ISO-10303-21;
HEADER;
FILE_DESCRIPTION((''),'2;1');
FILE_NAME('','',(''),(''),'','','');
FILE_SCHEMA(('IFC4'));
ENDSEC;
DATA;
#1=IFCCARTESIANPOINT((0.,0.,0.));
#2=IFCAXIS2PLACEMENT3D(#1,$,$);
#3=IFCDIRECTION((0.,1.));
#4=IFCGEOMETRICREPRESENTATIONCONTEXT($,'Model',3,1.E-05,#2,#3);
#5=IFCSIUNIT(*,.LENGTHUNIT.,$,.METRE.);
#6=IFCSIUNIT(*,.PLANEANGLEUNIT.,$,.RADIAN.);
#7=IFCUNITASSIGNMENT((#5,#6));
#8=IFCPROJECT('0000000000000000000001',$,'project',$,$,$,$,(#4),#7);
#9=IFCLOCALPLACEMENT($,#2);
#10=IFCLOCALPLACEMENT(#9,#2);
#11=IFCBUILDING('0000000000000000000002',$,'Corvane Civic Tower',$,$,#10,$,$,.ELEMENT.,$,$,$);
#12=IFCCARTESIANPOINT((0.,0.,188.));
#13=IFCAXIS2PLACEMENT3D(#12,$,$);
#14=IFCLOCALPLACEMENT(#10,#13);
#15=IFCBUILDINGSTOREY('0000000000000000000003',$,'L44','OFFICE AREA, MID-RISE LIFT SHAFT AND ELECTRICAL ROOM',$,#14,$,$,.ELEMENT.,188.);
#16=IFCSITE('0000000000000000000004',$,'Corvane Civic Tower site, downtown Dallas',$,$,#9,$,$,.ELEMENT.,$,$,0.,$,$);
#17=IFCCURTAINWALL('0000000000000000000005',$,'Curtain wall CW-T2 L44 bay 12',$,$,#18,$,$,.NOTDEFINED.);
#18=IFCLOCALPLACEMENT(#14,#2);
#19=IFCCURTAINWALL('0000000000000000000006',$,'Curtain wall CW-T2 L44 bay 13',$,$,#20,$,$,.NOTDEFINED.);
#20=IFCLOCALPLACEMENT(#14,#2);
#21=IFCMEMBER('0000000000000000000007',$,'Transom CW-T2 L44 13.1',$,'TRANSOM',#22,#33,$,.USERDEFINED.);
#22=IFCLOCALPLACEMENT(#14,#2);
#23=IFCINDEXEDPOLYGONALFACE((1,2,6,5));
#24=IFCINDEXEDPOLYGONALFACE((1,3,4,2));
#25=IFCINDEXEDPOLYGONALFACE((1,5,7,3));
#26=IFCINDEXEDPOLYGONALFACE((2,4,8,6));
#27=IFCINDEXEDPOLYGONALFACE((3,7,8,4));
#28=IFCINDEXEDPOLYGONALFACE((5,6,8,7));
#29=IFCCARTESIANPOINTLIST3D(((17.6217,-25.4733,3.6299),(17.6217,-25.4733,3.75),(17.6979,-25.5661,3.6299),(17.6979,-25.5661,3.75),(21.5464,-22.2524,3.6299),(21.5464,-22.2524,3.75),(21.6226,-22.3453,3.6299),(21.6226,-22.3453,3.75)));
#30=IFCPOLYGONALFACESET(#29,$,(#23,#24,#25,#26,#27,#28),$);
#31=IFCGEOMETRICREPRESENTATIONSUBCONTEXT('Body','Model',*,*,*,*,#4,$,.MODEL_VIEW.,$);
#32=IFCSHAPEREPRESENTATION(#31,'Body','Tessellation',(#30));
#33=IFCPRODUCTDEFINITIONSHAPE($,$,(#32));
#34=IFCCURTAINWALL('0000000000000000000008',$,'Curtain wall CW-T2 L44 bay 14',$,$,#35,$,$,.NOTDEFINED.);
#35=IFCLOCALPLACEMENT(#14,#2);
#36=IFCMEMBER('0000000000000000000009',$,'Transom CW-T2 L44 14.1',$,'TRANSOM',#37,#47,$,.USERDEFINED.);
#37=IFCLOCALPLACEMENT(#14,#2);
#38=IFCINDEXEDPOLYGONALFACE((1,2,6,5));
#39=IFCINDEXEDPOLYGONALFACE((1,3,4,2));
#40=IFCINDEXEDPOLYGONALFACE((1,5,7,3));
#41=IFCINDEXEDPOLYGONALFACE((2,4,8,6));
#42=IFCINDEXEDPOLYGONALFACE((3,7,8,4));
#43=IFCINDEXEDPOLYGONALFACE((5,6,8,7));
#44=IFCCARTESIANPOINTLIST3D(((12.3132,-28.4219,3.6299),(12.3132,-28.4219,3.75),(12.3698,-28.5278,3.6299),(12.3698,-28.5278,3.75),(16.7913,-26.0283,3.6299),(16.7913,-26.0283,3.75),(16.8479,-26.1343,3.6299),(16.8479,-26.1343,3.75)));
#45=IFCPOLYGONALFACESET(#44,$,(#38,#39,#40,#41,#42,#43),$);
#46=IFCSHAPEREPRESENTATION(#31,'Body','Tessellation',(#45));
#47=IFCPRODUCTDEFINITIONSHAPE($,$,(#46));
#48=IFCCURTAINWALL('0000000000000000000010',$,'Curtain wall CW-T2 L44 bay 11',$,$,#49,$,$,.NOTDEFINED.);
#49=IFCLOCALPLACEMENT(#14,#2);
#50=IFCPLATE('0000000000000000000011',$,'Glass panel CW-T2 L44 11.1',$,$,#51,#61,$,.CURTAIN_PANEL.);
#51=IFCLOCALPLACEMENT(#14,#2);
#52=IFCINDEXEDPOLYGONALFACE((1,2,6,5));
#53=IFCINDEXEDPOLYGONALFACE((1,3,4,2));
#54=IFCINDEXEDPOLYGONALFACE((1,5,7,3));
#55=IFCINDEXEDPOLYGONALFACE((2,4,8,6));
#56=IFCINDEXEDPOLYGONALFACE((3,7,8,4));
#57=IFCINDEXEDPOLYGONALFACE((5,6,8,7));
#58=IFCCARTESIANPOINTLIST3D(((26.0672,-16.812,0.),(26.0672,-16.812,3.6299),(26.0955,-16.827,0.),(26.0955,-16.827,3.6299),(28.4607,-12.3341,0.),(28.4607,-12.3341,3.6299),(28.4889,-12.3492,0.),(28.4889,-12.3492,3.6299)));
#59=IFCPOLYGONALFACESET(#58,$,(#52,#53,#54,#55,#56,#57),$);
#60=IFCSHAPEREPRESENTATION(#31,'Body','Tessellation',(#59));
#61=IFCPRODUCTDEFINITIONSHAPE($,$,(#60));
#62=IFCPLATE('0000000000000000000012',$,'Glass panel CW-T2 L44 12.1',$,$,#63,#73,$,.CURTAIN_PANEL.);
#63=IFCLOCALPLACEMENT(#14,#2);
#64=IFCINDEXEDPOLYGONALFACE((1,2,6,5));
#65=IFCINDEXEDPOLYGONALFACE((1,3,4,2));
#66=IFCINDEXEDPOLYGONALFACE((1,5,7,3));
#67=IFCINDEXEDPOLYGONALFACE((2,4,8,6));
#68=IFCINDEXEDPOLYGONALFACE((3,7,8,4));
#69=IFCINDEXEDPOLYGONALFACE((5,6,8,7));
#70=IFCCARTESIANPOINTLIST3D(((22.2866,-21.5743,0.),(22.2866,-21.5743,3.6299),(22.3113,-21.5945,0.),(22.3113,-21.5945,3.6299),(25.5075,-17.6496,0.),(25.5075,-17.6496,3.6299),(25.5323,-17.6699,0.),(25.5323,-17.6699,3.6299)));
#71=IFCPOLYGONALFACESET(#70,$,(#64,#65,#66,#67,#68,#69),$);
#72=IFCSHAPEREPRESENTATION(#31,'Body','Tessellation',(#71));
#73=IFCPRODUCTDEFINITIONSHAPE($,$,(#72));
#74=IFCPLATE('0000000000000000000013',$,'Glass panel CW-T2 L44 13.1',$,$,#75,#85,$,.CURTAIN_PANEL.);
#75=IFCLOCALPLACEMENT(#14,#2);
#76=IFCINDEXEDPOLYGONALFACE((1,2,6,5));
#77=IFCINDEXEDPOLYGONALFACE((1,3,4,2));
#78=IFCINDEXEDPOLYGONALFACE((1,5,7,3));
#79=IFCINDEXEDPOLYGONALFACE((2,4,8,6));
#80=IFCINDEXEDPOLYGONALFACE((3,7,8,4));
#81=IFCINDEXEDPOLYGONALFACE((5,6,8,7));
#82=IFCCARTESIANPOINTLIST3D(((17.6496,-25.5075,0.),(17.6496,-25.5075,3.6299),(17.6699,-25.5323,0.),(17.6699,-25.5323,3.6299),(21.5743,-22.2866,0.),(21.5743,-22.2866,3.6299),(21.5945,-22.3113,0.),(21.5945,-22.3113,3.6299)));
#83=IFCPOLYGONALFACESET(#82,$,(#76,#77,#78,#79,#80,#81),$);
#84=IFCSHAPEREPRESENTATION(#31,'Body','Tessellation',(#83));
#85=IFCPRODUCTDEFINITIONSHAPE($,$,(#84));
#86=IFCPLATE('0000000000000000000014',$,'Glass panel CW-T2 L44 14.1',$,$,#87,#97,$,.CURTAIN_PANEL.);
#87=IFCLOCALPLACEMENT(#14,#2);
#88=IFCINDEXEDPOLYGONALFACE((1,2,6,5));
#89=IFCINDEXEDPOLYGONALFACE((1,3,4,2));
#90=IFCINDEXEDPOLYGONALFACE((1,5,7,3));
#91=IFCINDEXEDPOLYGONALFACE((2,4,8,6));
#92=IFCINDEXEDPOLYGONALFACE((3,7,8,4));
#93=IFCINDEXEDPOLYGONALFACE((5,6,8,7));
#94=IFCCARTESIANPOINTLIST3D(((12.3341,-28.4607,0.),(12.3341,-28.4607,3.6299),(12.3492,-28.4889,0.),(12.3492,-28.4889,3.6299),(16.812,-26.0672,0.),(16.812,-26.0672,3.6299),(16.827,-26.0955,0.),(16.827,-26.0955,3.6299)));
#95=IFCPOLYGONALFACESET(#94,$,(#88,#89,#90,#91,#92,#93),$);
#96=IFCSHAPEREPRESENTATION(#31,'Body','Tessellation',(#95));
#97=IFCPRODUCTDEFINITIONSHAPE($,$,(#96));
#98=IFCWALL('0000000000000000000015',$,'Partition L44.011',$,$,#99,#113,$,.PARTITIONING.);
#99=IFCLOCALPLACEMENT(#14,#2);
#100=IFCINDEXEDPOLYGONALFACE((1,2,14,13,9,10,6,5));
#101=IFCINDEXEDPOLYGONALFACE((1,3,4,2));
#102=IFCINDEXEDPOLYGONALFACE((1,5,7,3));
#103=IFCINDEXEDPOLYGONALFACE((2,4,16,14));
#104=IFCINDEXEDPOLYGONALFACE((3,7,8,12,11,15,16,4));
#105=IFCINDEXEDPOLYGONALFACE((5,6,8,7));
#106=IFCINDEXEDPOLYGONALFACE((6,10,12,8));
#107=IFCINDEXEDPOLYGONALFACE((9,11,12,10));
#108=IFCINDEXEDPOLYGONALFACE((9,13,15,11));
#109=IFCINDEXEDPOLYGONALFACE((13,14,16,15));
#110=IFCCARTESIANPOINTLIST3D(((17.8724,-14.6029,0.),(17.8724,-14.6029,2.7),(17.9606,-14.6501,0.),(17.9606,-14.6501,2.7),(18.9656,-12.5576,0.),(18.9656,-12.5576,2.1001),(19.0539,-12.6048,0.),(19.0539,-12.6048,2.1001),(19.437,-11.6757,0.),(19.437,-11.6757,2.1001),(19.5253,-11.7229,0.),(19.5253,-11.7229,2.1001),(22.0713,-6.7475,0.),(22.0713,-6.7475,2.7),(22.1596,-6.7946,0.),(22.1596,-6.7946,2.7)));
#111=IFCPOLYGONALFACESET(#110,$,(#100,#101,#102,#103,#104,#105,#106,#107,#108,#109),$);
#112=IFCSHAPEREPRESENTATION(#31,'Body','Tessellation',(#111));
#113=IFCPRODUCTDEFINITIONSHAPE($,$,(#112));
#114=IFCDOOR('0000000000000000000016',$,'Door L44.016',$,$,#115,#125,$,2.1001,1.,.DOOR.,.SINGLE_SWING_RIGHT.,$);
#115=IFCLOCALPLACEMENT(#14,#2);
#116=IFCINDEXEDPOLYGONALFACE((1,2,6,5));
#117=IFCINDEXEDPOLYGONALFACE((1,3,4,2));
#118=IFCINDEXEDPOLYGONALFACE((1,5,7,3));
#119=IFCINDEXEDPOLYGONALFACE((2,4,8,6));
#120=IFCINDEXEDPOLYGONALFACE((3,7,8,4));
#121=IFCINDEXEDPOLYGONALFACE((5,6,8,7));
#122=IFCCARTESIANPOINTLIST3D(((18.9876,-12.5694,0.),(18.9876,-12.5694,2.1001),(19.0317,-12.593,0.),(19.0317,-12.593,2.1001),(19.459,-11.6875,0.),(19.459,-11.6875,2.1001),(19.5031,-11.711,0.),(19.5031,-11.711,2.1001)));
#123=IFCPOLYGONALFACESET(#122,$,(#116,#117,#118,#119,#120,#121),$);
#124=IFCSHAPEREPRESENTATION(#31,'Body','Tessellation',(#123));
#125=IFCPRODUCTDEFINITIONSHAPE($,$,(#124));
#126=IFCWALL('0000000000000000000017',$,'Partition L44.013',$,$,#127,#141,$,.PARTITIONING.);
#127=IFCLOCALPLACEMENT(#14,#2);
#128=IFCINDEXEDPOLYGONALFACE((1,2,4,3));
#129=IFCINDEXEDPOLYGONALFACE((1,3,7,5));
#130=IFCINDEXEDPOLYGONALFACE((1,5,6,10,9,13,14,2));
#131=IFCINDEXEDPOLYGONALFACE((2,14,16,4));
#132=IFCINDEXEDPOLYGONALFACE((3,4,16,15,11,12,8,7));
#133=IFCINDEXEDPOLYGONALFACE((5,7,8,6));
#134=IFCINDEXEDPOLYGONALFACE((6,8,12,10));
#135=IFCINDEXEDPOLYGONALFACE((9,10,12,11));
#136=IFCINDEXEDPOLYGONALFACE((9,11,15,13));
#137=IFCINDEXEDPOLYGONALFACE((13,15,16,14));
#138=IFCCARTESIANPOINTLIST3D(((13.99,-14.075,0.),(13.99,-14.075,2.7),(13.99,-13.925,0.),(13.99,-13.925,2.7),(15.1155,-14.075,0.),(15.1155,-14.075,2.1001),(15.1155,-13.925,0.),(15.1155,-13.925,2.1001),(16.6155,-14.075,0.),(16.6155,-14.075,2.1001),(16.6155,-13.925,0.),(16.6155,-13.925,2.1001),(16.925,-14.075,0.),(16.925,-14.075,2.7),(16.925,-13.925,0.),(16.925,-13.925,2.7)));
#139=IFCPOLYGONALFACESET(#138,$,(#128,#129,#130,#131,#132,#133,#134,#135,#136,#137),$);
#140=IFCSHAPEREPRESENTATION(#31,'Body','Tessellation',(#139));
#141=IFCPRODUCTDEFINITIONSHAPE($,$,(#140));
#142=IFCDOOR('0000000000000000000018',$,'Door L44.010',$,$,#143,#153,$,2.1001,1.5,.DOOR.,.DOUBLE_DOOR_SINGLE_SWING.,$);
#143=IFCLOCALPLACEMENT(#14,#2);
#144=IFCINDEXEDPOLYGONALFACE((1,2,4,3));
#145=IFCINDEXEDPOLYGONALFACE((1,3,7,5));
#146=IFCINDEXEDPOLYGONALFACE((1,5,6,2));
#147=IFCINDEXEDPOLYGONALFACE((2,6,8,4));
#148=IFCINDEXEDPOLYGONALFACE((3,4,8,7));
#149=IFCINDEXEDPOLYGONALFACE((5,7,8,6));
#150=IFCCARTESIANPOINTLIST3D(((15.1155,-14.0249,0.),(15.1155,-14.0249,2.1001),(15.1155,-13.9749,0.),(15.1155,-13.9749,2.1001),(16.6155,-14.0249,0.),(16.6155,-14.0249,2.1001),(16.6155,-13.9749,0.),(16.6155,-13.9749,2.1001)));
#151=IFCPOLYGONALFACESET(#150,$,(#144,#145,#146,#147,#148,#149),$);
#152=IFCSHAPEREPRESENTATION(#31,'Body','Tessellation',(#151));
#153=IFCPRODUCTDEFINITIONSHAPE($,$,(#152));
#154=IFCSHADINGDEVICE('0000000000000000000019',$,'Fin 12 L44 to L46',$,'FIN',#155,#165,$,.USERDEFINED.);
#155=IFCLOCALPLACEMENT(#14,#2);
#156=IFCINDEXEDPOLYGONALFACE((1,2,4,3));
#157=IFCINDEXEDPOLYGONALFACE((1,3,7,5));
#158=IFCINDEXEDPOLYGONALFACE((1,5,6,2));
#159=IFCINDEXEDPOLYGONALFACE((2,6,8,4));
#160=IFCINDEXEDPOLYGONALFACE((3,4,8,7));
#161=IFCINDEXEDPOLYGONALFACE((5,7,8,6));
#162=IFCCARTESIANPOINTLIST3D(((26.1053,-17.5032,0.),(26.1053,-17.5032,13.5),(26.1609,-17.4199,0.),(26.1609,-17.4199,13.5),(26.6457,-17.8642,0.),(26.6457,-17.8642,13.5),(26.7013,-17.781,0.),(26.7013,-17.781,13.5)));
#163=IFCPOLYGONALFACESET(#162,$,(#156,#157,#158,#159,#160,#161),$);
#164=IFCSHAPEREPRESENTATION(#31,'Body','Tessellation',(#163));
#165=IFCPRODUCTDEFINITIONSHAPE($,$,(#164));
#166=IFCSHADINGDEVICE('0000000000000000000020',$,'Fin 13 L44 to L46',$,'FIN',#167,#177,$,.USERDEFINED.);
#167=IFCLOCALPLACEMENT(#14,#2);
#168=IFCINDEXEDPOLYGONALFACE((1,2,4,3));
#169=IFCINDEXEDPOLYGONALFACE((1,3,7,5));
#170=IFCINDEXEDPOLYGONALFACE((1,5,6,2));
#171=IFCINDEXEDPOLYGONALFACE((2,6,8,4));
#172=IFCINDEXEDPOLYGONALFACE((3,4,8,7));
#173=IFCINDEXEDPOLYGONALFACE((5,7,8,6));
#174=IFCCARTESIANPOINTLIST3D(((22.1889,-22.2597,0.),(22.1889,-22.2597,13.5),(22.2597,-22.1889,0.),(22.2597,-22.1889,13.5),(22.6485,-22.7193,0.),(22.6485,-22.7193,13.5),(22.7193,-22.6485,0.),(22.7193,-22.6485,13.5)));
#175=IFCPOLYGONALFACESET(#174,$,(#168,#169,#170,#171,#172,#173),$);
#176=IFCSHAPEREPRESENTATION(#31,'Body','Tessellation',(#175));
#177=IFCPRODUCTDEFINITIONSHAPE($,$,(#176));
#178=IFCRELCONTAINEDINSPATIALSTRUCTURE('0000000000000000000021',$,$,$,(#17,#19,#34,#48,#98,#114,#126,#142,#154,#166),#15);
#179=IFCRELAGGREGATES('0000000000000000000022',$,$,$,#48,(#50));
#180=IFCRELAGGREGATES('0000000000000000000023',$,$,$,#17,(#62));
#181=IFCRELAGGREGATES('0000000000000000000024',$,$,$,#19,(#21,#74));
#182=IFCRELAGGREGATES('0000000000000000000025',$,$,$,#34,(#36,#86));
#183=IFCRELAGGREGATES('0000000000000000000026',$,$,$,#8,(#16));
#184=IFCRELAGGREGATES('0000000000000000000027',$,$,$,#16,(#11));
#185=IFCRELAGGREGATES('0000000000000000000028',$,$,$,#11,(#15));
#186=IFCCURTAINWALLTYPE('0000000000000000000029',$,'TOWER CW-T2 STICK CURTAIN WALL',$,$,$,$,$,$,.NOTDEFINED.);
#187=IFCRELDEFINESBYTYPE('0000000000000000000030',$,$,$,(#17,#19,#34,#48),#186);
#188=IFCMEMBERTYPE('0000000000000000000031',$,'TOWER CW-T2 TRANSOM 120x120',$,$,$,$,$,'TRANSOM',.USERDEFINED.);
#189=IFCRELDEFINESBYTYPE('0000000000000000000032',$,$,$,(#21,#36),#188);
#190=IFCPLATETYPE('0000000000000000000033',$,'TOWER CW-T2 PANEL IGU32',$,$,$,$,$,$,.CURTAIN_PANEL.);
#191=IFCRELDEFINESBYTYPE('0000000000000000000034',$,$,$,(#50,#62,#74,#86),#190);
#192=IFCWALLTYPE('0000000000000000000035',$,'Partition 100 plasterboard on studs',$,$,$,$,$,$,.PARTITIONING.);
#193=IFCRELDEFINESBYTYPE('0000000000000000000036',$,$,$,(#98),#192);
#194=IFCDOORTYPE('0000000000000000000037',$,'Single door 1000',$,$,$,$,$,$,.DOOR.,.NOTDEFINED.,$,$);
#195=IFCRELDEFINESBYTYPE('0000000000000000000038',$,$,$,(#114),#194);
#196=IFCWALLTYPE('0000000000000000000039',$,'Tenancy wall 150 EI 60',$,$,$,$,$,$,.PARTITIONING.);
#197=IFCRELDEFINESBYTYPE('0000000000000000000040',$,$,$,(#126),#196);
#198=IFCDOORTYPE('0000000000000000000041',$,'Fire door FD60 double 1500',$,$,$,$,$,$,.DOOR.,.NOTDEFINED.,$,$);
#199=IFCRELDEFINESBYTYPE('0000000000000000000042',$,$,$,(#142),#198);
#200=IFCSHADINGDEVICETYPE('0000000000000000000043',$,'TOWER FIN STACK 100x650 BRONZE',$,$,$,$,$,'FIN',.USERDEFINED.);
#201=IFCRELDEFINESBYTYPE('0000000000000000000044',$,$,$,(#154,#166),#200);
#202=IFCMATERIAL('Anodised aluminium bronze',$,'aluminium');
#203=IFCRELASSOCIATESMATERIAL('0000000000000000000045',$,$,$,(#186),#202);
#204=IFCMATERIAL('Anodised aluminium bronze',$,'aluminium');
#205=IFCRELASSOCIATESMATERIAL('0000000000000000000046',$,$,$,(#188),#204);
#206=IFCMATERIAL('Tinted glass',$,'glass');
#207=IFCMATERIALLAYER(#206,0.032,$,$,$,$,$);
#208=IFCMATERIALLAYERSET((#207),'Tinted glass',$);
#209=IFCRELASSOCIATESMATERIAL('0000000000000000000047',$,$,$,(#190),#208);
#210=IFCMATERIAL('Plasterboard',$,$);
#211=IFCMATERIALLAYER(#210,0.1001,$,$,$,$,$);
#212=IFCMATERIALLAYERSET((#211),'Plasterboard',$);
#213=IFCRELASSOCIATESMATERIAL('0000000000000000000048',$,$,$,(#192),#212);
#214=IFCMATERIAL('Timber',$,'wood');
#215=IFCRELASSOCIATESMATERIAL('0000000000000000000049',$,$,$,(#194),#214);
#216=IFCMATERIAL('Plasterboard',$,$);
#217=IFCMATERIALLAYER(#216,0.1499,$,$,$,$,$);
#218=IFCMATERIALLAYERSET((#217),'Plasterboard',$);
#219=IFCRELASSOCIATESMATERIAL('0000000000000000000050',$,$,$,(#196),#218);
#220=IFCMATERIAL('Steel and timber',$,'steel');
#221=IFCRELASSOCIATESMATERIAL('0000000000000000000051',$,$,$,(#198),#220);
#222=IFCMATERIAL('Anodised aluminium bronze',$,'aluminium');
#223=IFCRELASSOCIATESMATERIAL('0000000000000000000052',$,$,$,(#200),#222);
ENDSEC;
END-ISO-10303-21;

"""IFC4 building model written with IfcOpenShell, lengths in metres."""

from ifc_helpers import new_model, si_unit, direction, frame, frame_2d, origin, origin_2d, place, context, subcontext, project, spatial, rectangle, extrude, material, layer, layer_set, material_profile, profile_set, type_object, element, fill, aggregate, save


model = new_model("IFC4")

# Units and contexts
model_context = context("Model", 3, precision=1e-05, world=origin(), true_north=direction((0.0, 1.0)))
body_context = subcontext(model_context, "Body", "Model", "MODEL_VIEW")
ifc_project = project(units=[si_unit("LENGTHUNIT", "METRE"), si_unit("PLANEANGLEUNIT", "RADIAN")], contexts=[model_context])

# Site, building, storey
site_placement = place(None, origin())
site = spatial("IfcSite", under=ifc_project, at=site_placement, Name="Corvane Civic Tower site, downtown Dallas", CompositionType="ELEMENT", RefElevation=0.0)
building_placement = place(site_placement, origin())
building = spatial("IfcBuilding", under=site, at=building_placement, Name="Corvane Civic Tower", CompositionType="ELEMENT")
storey_placement = place(building_placement, frame((0.0, 0.0, 188.0)))
storey = spatial("IfcBuildingStorey", under=building, at=storey_placement, Name="L44", Description="OFFICE AREA, MID-RISE LIFT SHAFT AND ELECTRICAL ROOM", CompositionType="ELEMENT", Elevation=188.0)

# Curtain walls, members
ifc_material_1 = material(Name="Anodised aluminium bronze", Category="aluminium")
curtain_wall_type = type_object("IfcCurtainWallType", Name="TOWER CW-T2 STICK CURTAIN WALL", PredefinedType="NOTDEFINED", material=ifc_material_1)
curtain_wall_1_placement = place(storey_placement, origin())
curtain_wall_1 = element("IfcCurtainWall", 1, at=curtain_wall_1_placement, inside=storey, type_object=curtain_wall_type, Name="Curtain wall CW-T2 L44 bay 12", PredefinedType="NOTDEFINED")
ifc_material_2 = material(Name="Anodised aluminium bronze", Category="aluminium")
ifc_material_profile_1 = material_profile(ifc_material_2, rectangle(XDim=0.1201, YDim=0.1201, at=origin_2d()), Name="TOWER CW-T2 TRANSOM 120x120")
ifc_profile_set_1 = profile_set([ifc_material_profile_1], Name="Anodised aluminium bronze")
member_type = type_object("IfcMemberType", Name="TOWER CW-T2 TRANSOM 120x120", ElementType="TRANSOM", PredefinedType="USERDEFINED", material=ifc_profile_set_1)
curtain_wall_2_placement = place(storey_placement, origin())
curtain_wall_2 = element("IfcCurtainWall", 2, at=curtain_wall_2_placement, inside=storey, type_object=curtain_wall_type, Name="Curtain wall CW-T2 L44 bay 13", PredefinedType="NOTDEFINED")
member_1_placement = place(storey_placement, frame((21.5845, -22.2988, 3.6899), z_axis=(-0.773016, -0.634387, 0.0), x_axis=(0.634387, -0.773016, 0.0)))
member_1 = element("IfcMember", 3, at=member_1_placement, type_object=member_type, Name="Transom CW-T2 L44 13.1", ObjectType="TRANSOM", PredefinedType="USERDEFINED", context=body_context, shape_type="SweptSolid", body=[
    extrude(rectangle(XDim=0.1201, YDim=0.1201, at=origin_2d()), origin(), (0.0, 0.0, 1.0), 5.0771),
])
curtain_wall_3_placement = place(storey_placement, origin())
curtain_wall_3 = element("IfcCurtainWall", 4, at=curtain_wall_3_placement, inside=storey, type_object=curtain_wall_type, Name="Curtain wall CW-T2 L44 bay 14", PredefinedType="NOTDEFINED")
member_2_placement = place(storey_placement, frame((16.8196, -26.0813, 3.6899), z_axis=(-0.881921, -0.471397, 0.0), x_axis=(0.471397, -0.881921, 0.0)))
member_2 = element("IfcMember", 5, at=member_2_placement, type_object=member_type, Name="Transom CW-T2 L44 14.1", ObjectType="TRANSOM", PredefinedType="USERDEFINED", context=body_context, shape_type="SweptSolid", body=[
    extrude(rectangle(XDim=0.1201, YDim=0.1201, at=origin_2d()), origin(), (0.0, 0.0, 1.0), 5.0776),
])

# Curtain wall, plate
curtain_wall_4_placement = place(storey_placement, origin())
curtain_wall_4 = element("IfcCurtainWall", 6, at=curtain_wall_4_placement, inside=storey, type_object=curtain_wall_type, Name="Curtain wall CW-T2 L44 bay 11", PredefinedType="NOTDEFINED")
ifc_material_3 = material(Name="Tinted glass", Category="glass")
ifc_layer_1 = layer(ifc_material_3, 0.032)
ifc_layer_set_1 = layer_set([ifc_layer_1], Name="Tinted glass")
plate_type = type_object("IfcPlateType", Name="TOWER CW-T2 PANEL IGU32", PredefinedType="CURTAIN_PANEL", material=ifc_layer_set_1)
plate_1_placement = place(storey_placement, frame((27.2781, -14.5806, 0.0), z_axis=(0.0, 0.0, 1.0), x_axis=(-0.471395, -0.881922, 0.0)))
plate_1 = element("IfcPlate", 7, at=plate_1_placement, type_object=plate_type, Name="Glass panel CW-T2 L44 11.1", PredefinedType="CURTAIN_PANEL", context=body_context, shape_type="SweptSolid", body=[
    extrude(rectangle(XDim=5.0774, YDim=0.032, at=origin_2d()), origin(), (0.0, 0.0, 1.0), 3.6299),
])
aggregate(curtain_wall_4, [plate_1])

# Plates
plate_2_placement = place(storey_placement, frame((23.9094, -19.6221, 0.0), z_axis=(0.0, 0.0, 1.0), x_axis=(-0.6344, -0.773005, 0.0)))
plate_2 = element("IfcPlate", 8, at=plate_2_placement, type_object=plate_type, Name="Glass panel CW-T2 L44 12.1", PredefinedType="CURTAIN_PANEL", context=body_context, shape_type="SweptSolid", body=[
    extrude(rectangle(XDim=5.0771, YDim=0.032, at=origin_2d()), origin(), (0.0, 0.0, 1.0), 3.6299),
])
aggregate(curtain_wall_1, [plate_2])
plate_3_placement = place(storey_placement, frame((19.6221, -23.9094, 0.0), z_axis=(0.0, 0.0, 1.0), x_axis=(-0.773005, -0.6344, 0.0)))
plate_3 = element("IfcPlate", 9, at=plate_3_placement, type_object=plate_type, Name="Glass panel CW-T2 L44 13.1", PredefinedType="CURTAIN_PANEL", context=body_context, shape_type="SweptSolid", body=[
    extrude(rectangle(XDim=5.0771, YDim=0.032, at=origin_2d()), origin(), (0.0, 0.0, 1.0), 3.6299),
])
aggregate(curtain_wall_2, [member_1, plate_3])
plate_4_placement = place(storey_placement, frame((14.5806, -27.2781, 0.0), z_axis=(0.0, 0.0, 1.0), x_axis=(-0.881922, -0.471395, 0.0)))
plate_4 = element("IfcPlate", 10, at=plate_4_placement, type_object=plate_type, Name="Glass panel CW-T2 L44 14.1", PredefinedType="CURTAIN_PANEL", context=body_context, shape_type="SweptSolid", body=[
    extrude(rectangle(XDim=5.0774, YDim=0.032, at=origin_2d()), origin(), (0.0, 0.0, 1.0), 3.6299),
])
aggregate(curtain_wall_3, [member_2, plate_4])

# Walls, openings, doors
ifc_material_4 = material(Name="Plasterboard")
ifc_layer_2 = layer(ifc_material_4, 0.1001)
ifc_layer_set_2 = layer_set([ifc_layer_2], Name="Plasterboard")
wall_type_1 = type_object("IfcWallType", Name="Partition 100 plasterboard on studs", PredefinedType="PARTITIONING", material=ifc_layer_set_2)
wall_1_placement = place(storey_placement, frame((17.9165, -14.6265, 0.0), z_axis=(0.0, 0.0, 1.0), x_axis=(0.471409, 0.881915, 0.0)))
wall_1 = element("IfcWall", 11, at=wall_1_placement, inside=storey, type_object=wall_type_1, Name="Partition L44.011", PredefinedType="PARTITIONING", context=body_context, shape_type="SweptSolid", body=[
    extrude(rectangle(XDim=8.9072, YDim=0.1001, at=frame_2d((4.4536, 0.0))), origin(), (0.0, 0.0, 1.0), 2.7),
])
opening_1_placement = place(wall_1_placement, frame((2.3191, 0.0, 0.0)))
opening_1 = element("IfcOpeningElement", 12, at=opening_1_placement, cuts=wall_1, PredefinedType="OPENING", context=body_context, shape_type="SweptSolid", body=[
    extrude(rectangle(XDim=1.0, YDim=2.1001, at=frame_2d((0.5, 1.05))), frame((0.0, 0.0601, 0.0), z_axis=(0.0, -1.0, 0.0), x_axis=(1.0, 0.0, 0.0)), (0.0, 0.0, 1.0), 0.1201),
])
ifc_material_5 = material(Name="Timber", Category="wood")
door_type_1 = type_object("IfcDoorType", Name="Single door 1000", OperationType="NOTDEFINED", PredefinedType="DOOR", material=ifc_material_5)
door_1_placement = place(opening_1_placement, frame((1.0, 0.0, 0.0), z_axis=(0.0, 0.0, 1.0), x_axis=(-1.0, 0.0, 0.0)))
door_1 = element("IfcDoor", 13, at=door_1_placement, inside=storey, type_object=door_type_1, Name="Door L44.016", OperationType="SINGLE_SWING_RIGHT", OverallHeight=2.1001, OverallWidth=1.0, PredefinedType="DOOR", context=body_context, shape_type="SweptSolid", body=[
    extrude(rectangle(XDim=1.0, YDim=2.1001, at=frame_2d((0.5, 1.05))), frame((0.0, 0.0249, 0.0), z_axis=(0.0, -1.0, 0.0), x_axis=(1.0, 0.0, 0.0)), (0.0, 0.0, 1.0), 0.05),
])
fill(opening_1, door_1)
ifc_material_6 = material(Name="Plasterboard")
ifc_layer_3 = layer(ifc_material_6, 0.1499)
ifc_layer_set_3 = layer_set([ifc_layer_3], Name="Plasterboard")
wall_type_2 = type_object("IfcWallType", Name="Tenancy wall 150 EI 60", PredefinedType="PARTITIONING", material=ifc_layer_set_3)
wall_2_placement = place(storey_placement, frame((13.99, -14.0, 0.0), z_axis=(0.0, 0.0, 1.0), x_axis=(1.0, 0.0, 0.0)))
wall_2 = element("IfcWall", 14, at=wall_2_placement, inside=storey, type_object=wall_type_2, Name="Partition L44.013", PredefinedType="PARTITIONING", context=body_context, shape_type="SweptSolid", body=[
    extrude(rectangle(XDim=2.9351, YDim=0.1499, at=frame_2d((1.4675, 0.0))), origin(), (0.0, 0.0, 1.0), 2.7),
])
opening_2_placement = place(wall_2_placement, frame((1.1255, 0.0, 0.0)))
opening_2 = element("IfcOpeningElement", 15, at=opening_2_placement, cuts=wall_2, PredefinedType="OPENING", context=body_context, shape_type="SweptSolid", body=[
    extrude(rectangle(XDim=1.5, YDim=2.1001, at=frame_2d((0.75, 1.05))), frame((0.0, 0.085, 0.0), z_axis=(0.0, -1.0, 0.0), x_axis=(1.0, 0.0, 0.0)), (0.0, 0.0, 1.0), 0.1699),
])
ifc_material_7 = material(Name="Steel and timber", Category="steel")
door_type_2 = type_object("IfcDoorType", Name="Fire door FD60 double 1500", OperationType="NOTDEFINED", PredefinedType="DOOR", material=ifc_material_7)
door_2_placement = place(opening_2_placement, frame((1.5, 0.0, 0.0), z_axis=(0.0, 0.0, 1.0), x_axis=(-1.0, 0.0, 0.0)))
door_2 = element("IfcDoor", 16, at=door_2_placement, inside=storey, type_object=door_type_2, Name="Door L44.010", OperationType="DOUBLE_DOOR_SINGLE_SWING", OverallHeight=2.1001, OverallWidth=1.5, PredefinedType="DOOR", context=body_context, shape_type="SweptSolid", body=[
    extrude(rectangle(XDim=1.5, YDim=2.1001, at=frame_2d((0.75, 1.05))), frame((0.0, 0.0249, 0.0), z_axis=(0.0, -1.0, 0.0), x_axis=(1.0, 0.0, 0.0)), (0.0, 0.0, 1.0), 0.05),
])
fill(opening_2, door_2)

# Shading devices
ifc_material_8 = material(Name="Anodised aluminium bronze", Category="aluminium")
ifc_material_profile_2 = material_profile(ifc_material_8, rectangle(XDim=0.1001, YDim=0.6499, at=origin_2d()), Name="TOWER FIN STACK 100x650 BRONZE")
ifc_profile_set_2 = profile_set([ifc_material_profile_2], Name="Anodised aluminium bronze")
shading_device_type = type_object("IfcShadingDeviceType", Name="TOWER FIN STACK 100x650 BRONZE", ElementType="FIN", PredefinedType="USERDEFINED", material=ifc_profile_set_2)
for number, where, z_axis, x_axis, name in (
    (17, (26.4033, -17.6421, 0.0), (0.0, 0.0, 1.0), (-0.55557, -0.83147, 0.0), "Fin 12 L44 to L46"),
    (18, (22.4541, -22.4541, 0.0), (0.0, 0.0, 1.0), (-0.707107, -0.707107, 0.0), "Fin 13 L44 to L46"),
):
    element("IfcShadingDevice", number, at=place(storey_placement, frame(where, z_axis=z_axis, x_axis=x_axis)), inside=storey, type_object=shading_device_type, Name=name, ObjectType="FIN", PredefinedType="USERDEFINED", context=body_context, shape_type="SweptSolid", body=[
        extrude(rectangle(XDim=0.1001, YDim=0.6499, at=origin_2d()), origin(), (0.0, 0.0, 1.0), 13.5),
    ])

save(model, "model.ifc")
